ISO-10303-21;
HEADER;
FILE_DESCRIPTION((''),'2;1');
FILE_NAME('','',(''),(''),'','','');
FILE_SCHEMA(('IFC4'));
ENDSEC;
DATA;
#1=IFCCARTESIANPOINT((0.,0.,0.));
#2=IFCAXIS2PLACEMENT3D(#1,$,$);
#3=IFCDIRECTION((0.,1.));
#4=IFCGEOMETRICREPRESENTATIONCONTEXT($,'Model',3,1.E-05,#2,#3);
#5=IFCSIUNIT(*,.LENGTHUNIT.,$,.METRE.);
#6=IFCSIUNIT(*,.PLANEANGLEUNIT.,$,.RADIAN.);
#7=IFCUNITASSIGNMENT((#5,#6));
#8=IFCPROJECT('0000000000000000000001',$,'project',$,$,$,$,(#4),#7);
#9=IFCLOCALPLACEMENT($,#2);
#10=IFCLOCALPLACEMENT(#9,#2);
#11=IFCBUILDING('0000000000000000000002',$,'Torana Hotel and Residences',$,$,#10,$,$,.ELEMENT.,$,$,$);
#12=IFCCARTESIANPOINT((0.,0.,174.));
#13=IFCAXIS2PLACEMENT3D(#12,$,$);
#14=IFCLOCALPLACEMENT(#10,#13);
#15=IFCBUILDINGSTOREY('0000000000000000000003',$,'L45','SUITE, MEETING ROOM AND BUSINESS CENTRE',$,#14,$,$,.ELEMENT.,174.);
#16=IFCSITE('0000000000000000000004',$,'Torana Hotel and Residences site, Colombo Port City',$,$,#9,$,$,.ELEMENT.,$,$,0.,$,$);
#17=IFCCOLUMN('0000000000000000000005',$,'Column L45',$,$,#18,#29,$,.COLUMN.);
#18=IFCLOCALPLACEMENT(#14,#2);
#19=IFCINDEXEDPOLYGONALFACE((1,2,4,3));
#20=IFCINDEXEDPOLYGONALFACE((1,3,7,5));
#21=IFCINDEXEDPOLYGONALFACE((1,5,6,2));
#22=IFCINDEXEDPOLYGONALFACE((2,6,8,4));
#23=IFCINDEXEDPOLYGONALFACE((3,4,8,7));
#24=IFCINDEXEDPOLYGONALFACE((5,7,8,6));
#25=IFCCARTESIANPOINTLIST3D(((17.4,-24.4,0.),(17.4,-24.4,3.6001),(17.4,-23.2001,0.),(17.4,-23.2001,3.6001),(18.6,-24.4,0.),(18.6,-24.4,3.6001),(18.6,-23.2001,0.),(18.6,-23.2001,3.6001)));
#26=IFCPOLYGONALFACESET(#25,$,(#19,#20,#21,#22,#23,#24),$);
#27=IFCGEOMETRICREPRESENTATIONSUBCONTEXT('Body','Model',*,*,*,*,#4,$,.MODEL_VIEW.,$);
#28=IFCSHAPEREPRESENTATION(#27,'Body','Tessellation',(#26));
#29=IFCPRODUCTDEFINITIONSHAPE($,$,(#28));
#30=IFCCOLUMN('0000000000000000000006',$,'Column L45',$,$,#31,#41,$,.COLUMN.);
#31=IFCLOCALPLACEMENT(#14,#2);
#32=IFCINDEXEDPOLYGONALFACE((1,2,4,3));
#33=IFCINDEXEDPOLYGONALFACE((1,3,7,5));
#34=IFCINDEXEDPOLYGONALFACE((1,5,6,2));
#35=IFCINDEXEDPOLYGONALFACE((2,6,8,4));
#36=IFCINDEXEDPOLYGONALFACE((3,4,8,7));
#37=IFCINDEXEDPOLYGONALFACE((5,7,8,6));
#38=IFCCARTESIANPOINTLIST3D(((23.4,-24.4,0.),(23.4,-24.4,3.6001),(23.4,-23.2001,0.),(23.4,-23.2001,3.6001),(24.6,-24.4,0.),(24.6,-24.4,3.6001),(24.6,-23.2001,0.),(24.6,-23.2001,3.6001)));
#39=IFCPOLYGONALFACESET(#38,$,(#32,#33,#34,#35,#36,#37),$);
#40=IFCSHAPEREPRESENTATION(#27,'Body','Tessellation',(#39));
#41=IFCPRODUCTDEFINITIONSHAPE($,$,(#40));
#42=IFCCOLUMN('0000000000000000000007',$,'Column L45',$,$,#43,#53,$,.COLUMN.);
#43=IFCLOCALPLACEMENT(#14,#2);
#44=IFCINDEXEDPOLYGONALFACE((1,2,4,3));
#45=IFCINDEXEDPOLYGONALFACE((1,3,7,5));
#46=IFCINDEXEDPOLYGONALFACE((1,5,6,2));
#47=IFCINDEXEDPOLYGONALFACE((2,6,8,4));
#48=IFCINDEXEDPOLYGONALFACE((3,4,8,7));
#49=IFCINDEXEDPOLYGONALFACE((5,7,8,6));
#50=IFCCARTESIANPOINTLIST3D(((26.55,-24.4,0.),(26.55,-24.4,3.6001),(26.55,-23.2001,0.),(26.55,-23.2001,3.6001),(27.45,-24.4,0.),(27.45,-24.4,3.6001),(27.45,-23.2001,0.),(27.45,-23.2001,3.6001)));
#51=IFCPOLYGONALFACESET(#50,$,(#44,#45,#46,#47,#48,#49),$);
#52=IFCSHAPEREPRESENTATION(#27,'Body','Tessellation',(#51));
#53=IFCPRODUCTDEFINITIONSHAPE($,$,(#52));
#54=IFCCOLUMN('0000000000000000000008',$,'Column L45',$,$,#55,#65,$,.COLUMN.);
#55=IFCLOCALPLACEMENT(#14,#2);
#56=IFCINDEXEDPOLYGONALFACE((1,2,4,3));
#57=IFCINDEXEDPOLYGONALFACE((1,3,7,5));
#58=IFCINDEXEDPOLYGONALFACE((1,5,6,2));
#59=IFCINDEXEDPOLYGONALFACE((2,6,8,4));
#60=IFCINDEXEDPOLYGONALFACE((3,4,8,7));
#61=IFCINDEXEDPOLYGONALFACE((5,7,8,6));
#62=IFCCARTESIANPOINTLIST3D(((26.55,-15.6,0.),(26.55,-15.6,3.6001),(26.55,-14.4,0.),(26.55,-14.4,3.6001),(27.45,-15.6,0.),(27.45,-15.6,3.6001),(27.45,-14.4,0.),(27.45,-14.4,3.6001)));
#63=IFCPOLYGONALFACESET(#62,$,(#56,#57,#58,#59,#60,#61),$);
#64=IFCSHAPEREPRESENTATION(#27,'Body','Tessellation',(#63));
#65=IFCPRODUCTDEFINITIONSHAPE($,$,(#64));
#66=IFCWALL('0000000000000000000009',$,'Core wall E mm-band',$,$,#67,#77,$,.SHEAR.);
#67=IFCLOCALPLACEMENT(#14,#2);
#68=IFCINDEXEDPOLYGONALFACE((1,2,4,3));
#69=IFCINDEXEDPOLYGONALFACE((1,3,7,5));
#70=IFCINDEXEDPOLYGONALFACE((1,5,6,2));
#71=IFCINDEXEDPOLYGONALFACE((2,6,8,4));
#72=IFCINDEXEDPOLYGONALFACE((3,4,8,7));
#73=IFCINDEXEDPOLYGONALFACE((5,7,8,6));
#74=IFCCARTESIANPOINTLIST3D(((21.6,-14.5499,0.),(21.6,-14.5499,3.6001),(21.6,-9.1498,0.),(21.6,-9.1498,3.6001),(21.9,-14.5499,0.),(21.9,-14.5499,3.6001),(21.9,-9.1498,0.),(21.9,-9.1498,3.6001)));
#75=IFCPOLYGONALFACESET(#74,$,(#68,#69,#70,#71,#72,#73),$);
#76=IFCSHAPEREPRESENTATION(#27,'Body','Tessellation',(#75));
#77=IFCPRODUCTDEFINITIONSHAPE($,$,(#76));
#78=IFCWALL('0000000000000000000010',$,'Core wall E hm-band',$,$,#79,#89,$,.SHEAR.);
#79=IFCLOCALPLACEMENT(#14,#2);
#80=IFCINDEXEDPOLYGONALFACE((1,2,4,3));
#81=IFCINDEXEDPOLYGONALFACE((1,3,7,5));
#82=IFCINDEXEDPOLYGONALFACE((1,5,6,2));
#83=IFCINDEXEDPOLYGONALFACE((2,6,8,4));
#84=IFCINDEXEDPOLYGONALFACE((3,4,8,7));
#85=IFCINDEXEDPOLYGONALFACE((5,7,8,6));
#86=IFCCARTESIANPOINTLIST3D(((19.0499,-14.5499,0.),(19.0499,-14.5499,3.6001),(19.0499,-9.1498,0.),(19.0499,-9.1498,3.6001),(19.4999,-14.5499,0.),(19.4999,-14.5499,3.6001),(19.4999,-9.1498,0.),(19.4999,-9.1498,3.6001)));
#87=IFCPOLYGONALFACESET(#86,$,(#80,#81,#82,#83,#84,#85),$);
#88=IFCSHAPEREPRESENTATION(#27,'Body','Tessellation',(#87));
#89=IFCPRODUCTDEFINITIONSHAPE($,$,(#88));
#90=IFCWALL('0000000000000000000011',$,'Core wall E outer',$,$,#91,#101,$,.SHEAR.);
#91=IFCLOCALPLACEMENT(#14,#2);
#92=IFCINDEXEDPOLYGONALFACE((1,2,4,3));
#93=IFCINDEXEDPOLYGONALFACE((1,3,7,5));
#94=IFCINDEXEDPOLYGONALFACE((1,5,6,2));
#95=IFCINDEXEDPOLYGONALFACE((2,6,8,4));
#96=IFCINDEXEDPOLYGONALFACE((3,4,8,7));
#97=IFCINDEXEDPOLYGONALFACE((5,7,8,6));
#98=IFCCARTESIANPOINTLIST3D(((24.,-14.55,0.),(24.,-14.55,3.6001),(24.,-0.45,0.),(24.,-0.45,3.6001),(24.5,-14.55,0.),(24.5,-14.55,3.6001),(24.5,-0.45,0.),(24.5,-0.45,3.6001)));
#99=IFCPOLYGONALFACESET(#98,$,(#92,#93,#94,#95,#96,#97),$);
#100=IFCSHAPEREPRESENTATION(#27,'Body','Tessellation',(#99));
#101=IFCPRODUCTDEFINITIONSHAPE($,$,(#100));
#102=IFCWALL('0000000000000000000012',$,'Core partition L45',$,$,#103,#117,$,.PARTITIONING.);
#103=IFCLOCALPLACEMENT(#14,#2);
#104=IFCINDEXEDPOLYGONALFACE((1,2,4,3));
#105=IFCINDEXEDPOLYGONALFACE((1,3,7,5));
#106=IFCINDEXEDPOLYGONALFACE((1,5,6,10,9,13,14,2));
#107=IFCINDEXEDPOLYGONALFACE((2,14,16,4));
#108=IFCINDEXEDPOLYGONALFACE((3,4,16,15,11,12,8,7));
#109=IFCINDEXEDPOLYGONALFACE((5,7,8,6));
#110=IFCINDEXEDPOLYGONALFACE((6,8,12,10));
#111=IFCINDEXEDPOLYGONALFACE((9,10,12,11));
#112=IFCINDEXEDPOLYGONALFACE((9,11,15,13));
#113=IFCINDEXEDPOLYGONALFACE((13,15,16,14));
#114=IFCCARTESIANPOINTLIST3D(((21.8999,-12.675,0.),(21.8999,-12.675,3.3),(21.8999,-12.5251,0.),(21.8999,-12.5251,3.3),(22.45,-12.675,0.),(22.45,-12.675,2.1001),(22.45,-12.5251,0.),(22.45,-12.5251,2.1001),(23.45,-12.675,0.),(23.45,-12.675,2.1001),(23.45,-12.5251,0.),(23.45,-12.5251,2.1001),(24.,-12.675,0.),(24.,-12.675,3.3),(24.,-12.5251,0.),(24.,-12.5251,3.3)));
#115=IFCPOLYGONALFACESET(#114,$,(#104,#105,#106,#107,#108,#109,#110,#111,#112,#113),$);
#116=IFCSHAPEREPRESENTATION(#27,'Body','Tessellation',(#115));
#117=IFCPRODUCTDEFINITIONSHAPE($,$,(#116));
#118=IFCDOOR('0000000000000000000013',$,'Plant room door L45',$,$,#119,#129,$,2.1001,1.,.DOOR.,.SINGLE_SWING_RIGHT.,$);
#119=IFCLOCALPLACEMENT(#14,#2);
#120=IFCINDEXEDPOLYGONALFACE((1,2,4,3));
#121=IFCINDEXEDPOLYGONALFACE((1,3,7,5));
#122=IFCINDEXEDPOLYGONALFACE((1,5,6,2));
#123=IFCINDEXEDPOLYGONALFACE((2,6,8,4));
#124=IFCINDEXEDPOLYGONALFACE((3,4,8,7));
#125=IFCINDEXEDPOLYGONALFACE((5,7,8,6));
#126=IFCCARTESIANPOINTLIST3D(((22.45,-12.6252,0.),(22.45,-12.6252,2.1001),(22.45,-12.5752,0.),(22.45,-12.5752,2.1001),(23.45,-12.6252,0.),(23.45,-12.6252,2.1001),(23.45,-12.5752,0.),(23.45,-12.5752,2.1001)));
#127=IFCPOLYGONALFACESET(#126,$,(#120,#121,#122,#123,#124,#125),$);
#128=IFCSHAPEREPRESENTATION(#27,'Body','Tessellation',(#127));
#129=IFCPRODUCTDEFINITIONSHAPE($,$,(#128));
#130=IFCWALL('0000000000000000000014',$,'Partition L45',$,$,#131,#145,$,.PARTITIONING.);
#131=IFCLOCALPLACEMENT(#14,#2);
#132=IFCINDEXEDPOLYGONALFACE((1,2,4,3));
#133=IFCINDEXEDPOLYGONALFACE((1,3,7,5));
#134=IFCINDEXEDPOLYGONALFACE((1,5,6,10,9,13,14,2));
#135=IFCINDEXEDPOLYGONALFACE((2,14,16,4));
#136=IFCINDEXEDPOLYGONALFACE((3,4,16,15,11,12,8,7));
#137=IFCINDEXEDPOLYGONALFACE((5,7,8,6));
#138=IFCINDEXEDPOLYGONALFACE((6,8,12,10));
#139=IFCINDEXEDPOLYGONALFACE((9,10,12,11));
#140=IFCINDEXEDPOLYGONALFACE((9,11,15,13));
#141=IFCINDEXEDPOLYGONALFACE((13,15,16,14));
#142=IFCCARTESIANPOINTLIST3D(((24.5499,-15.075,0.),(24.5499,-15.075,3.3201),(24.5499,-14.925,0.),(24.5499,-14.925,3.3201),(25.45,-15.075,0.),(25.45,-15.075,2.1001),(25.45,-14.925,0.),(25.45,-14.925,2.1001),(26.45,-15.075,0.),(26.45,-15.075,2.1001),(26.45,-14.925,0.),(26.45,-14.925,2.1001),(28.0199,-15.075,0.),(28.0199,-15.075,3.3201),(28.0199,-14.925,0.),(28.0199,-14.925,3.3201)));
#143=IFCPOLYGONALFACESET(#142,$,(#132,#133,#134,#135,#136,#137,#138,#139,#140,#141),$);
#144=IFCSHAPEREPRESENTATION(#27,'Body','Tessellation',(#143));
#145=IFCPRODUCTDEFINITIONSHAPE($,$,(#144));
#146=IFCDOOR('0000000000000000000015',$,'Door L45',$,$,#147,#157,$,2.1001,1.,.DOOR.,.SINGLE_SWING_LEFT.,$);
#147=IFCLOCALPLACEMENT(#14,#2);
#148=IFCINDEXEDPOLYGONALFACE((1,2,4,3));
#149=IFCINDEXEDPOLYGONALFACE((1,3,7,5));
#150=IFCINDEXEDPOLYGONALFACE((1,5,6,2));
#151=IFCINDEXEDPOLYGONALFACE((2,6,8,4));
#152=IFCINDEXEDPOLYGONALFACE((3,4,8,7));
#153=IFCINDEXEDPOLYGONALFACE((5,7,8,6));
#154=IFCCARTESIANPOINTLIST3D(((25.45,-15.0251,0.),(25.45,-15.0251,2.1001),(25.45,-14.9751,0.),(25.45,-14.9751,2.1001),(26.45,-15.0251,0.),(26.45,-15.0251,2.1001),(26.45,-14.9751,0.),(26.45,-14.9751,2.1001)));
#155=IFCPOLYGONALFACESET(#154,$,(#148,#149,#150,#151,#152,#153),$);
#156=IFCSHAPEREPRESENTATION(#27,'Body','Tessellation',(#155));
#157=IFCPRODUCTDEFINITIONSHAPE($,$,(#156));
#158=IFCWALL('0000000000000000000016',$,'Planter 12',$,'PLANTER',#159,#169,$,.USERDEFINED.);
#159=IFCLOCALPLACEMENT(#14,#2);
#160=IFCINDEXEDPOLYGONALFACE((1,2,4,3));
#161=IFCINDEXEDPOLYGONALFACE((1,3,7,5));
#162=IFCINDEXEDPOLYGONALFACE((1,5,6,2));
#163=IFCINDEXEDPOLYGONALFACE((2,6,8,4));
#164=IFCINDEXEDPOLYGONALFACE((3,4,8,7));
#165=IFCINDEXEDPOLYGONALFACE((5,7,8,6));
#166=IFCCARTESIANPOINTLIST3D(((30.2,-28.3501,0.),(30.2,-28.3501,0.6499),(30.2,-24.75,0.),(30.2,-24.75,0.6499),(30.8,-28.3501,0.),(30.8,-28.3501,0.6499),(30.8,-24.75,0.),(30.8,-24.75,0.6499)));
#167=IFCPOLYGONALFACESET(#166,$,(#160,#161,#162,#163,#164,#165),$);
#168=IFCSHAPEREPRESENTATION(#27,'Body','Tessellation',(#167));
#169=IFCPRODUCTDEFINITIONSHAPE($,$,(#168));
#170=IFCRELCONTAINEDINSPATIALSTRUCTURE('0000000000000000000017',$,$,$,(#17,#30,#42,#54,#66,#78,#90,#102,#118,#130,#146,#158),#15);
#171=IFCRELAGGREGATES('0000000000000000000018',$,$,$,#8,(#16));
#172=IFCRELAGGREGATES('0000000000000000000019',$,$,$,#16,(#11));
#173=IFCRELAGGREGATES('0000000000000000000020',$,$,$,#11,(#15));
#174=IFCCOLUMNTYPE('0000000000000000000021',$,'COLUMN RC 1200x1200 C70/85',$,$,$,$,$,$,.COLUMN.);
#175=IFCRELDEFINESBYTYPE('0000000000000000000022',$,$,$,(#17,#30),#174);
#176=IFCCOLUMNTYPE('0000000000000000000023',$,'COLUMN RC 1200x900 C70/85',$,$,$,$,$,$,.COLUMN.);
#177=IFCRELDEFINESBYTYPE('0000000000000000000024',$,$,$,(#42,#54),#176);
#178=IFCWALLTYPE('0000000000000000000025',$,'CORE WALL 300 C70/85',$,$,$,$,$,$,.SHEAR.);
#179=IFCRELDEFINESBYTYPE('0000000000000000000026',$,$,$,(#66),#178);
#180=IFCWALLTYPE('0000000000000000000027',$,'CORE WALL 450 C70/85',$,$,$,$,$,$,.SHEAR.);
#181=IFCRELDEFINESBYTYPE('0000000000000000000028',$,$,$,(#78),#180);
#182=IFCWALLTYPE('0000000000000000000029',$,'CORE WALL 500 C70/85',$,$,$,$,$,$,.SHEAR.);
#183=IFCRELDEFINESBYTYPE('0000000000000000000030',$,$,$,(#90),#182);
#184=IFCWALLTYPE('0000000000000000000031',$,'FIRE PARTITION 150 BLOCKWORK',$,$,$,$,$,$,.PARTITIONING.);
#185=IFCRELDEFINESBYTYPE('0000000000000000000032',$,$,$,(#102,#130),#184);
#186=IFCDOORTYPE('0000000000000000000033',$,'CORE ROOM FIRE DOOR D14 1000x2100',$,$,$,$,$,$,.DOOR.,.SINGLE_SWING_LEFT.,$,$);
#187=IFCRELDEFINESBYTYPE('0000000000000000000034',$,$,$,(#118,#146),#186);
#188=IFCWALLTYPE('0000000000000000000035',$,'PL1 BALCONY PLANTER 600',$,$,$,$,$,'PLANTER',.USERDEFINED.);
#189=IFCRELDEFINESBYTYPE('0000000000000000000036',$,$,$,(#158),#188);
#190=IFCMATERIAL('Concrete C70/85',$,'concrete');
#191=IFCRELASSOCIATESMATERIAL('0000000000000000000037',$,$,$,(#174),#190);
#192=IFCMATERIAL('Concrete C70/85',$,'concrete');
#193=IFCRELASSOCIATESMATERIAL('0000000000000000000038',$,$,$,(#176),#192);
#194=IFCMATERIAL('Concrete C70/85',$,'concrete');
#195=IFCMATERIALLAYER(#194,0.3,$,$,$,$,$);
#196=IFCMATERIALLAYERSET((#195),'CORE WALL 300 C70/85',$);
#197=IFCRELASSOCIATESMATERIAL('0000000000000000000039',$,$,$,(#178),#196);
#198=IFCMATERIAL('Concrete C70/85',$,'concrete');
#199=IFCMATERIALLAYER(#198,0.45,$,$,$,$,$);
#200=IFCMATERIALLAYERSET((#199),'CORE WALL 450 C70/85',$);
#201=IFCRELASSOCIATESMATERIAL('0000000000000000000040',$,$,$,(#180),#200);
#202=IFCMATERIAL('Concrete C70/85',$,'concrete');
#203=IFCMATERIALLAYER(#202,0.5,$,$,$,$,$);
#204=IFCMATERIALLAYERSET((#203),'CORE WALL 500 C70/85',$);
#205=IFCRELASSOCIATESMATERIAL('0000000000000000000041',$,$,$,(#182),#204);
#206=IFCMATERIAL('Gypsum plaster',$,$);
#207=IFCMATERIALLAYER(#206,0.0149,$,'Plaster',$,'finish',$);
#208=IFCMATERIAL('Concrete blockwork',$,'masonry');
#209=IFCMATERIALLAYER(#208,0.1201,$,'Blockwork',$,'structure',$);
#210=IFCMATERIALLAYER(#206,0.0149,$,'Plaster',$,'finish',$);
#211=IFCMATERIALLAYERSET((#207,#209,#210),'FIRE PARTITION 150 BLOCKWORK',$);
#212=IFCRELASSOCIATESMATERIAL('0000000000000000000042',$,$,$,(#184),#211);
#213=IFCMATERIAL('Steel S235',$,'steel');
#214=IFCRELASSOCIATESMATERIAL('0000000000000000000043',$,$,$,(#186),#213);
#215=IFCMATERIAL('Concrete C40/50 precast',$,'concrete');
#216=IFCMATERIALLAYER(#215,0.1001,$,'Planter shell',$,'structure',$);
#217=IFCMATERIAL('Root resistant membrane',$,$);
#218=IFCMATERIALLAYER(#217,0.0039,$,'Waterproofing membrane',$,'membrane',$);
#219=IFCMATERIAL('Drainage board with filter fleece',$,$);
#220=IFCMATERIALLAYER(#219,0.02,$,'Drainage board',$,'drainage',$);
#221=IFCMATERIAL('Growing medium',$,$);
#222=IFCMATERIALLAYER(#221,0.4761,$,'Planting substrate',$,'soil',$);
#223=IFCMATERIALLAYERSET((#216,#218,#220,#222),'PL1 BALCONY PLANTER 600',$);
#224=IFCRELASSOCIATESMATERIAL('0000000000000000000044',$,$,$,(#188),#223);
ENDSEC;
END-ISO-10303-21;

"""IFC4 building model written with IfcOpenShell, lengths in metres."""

from ifc_helpers import new_model, si_unit, direction, frame, frame_2d, origin, origin_2d, place, context, subcontext, project, spatial, rectangle, extrude, material, layer, layer_set, material_profile, profile_set, type_object, element, fill, save


model = new_model("IFC4")

# Units and contexts
model_context = context("Model", 3, precision=1e-05, world=origin(), true_north=direction((0.0, 1.0)))
body_context = subcontext(model_context, "Body", "Model", "MODEL_VIEW")
ifc_project = project(units=[si_unit("LENGTHUNIT", "METRE"), si_unit("PLANEANGLEUNIT", "RADIAN")], contexts=[model_context])

# Site, building, storey
site_placement = place(None, origin())
site = spatial("IfcSite", under=ifc_project, at=site_placement, Name="Torana Hotel and Residences site, Colombo Port City", CompositionType="ELEMENT", RefElevation=0.0)
building_placement = place(site_placement, origin())
building = spatial("IfcBuilding", under=site, at=building_placement, Name="Torana Hotel and Residences", CompositionType="ELEMENT")
storey_placement = place(building_placement, frame((0.0, 0.0, 174.0)))
storey = spatial("IfcBuildingStorey", under=building, at=storey_placement, Name="L45", Description="SUITE, MEETING ROOM AND BUSINESS CENTRE", CompositionType="ELEMENT", Elevation=174.0)

# Columns
ifc_material_1 = material(Name="Concrete C70/85", Category="concrete")
ifc_material_profile_1 = material_profile(ifc_material_1, rectangle(XDim=1.2, YDim=1.2, at=origin_2d()), Name="RC 1200x1200")
ifc_profile_set_1 = profile_set([ifc_material_profile_1], Name="Concrete C70/85")
column_type_1 = type_object("IfcColumnType", Name="COLUMN RC 1200x1200 C70/85", PredefinedType="COLUMN", material=ifc_profile_set_1)
for number, where, z_axis, x_axis, name in (
    (1, (18.0, -23.8, 0.0), (0.0, 0.0, 1.0), (1.0, 0.0, 0.0), "Column L45"),
    (2, (24.0, -23.8, 0.0), (0.0, 0.0, 1.0), (1.0, 0.0, 0.0), "Column L45"),
):
    element("IfcColumn", number, at=place(storey_placement, frame(where, z_axis=z_axis, x_axis=x_axis)), inside=storey, type_object=column_type_1, Name=name, PredefinedType="COLUMN", context=body_context, shape_type="SweptSolid", body=[
        extrude(rectangle(XDim=1.2, YDim=1.2, at=origin_2d()), origin(), (0.0, 0.0, 1.0), 3.6001),
    ])
ifc_material_2 = material(Name="Concrete C70/85", Category="concrete")
ifc_material_profile_2 = material_profile(ifc_material_2, rectangle(XDim=1.2, YDim=0.8999, at=origin_2d()), Name="RC 1200x900")
ifc_profile_set_2 = profile_set([ifc_material_profile_2], Name="Concrete C70/85")
column_type_2 = type_object("IfcColumnType", Name="COLUMN RC 1200x900 C70/85", PredefinedType="COLUMN", material=ifc_profile_set_2)
for number, where, z_axis, x_axis, name in (
    (3, (27.0, -23.8, 0.0), (0.0, 0.0, 1.0), (0.0, 1.0, 0.0), "Column L45"),
    (4, (27.0, -15.0, 0.0), (0.0, 0.0, 1.0), (0.0, 1.0, 0.0), "Column L45"),
):
    element("IfcColumn", number, at=place(storey_placement, frame(where, z_axis=z_axis, x_axis=x_axis)), inside=storey, type_object=column_type_2, Name=name, PredefinedType="COLUMN", context=body_context, shape_type="SweptSolid", body=[
        extrude(rectangle(XDim=1.2, YDim=0.8999, at=origin_2d()), origin(), (0.0, 0.0, 1.0), 3.6001),
    ])

# Walls
ifc_material_3 = material(Name="Concrete C70/85", Category="concrete")
ifc_layer_1 = layer(ifc_material_3, 0.3)
ifc_layer_set_1 = layer_set([ifc_layer_1], Name="CORE WALL 300 C70/85")
wall_type_1 = type_object("IfcWallType", Name="CORE WALL 300 C70/85", PredefinedType="SHEAR", material=ifc_layer_set_1)
wall_1_placement = place(storey_placement, frame((21.75, -14.55, 0.0), z_axis=(0.0, 0.0, 1.0), x_axis=(0.0, 1.0, 0.0)))
element("IfcWall", 5, at=wall_1_placement, inside=storey, type_object=wall_type_1, Name="Core wall E mm-band", PredefinedType="SHEAR", context=body_context, shape_type="SweptSolid", body=[
    extrude(rectangle(XDim=5.4001, YDim=0.3, at=frame_2d((2.7002, 0.0))), origin(), (0.0, 0.0, 1.0), 3.6001),
])
ifc_material_4 = material(Name="Concrete C70/85", Category="concrete")
ifc_layer_2 = layer(ifc_material_4, 0.45)
ifc_layer_set_2 = layer_set([ifc_layer_2], Name="CORE WALL 450 C70/85")
wall_type_2 = type_object("IfcWallType", Name="CORE WALL 450 C70/85", PredefinedType="SHEAR", material=ifc_layer_set_2)
wall_2_placement = place(storey_placement, frame((19.2749, -14.55, 0.0), z_axis=(0.0, 0.0, 1.0), x_axis=(0.0, 1.0, 0.0)))
element("IfcWall", 6, at=wall_2_placement, inside=storey, type_object=wall_type_2, Name="Core wall E hm-band", PredefinedType="SHEAR", context=body_context, shape_type="SweptSolid", body=[
    extrude(rectangle(XDim=5.4001, YDim=0.45, at=frame_2d((2.7002, 0.0))), origin(), (0.0, 0.0, 1.0), 3.6001),
])
ifc_material_5 = material(Name="Concrete C70/85", Category="concrete")
ifc_layer_3 = layer(ifc_material_5, 0.5)
ifc_layer_set_3 = layer_set([ifc_layer_3], Name="CORE WALL 500 C70/85")
wall_type_3 = type_object("IfcWallType", Name="CORE WALL 500 C70/85", PredefinedType="SHEAR", material=ifc_layer_set_3)
wall_3_placement = place(storey_placement, frame((24.25, -14.55, 0.0), z_axis=(0.0, 0.0, 1.0), x_axis=(0.0, 1.0, 0.0)))
element("IfcWall", 7, at=wall_3_placement, inside=storey, type_object=wall_type_3, Name="Core wall E outer", PredefinedType="SHEAR", context=body_context, shape_type="SweptSolid", body=[
    extrude(rectangle(XDim=14.1001, YDim=0.5, at=frame_2d((7.05, 0.0))), origin(), (0.0, 0.0, 1.0), 3.6001),
])

# Walls, openings, doors
ifc_material_6 = material(Name="Gypsum plaster")
ifc_layer_4 = layer(ifc_material_6, 0.0149, Name="Plaster", Category="finish")
ifc_material_7 = material(Name="Concrete blockwork", Category="masonry")
ifc_layer_5 = layer(ifc_material_7, 0.1201, Name="Blockwork", Category="structure")
ifc_layer_6 = layer(ifc_material_6, 0.0149, Name="Plaster", Category="finish")
ifc_layer_set_4 = layer_set([ifc_layer_4, ifc_layer_5, ifc_layer_6], Name="FIRE PARTITION 150 BLOCKWORK")
wall_type_4 = type_object("IfcWallType", Name="FIRE PARTITION 150 BLOCKWORK", PredefinedType="PARTITIONING", material=ifc_layer_set_4)
wall_4_placement = place(storey_placement, frame((21.8999, -12.6001, 0.0), z_axis=(0.0, 0.0, 1.0), x_axis=(1.0, 0.0, 0.0)))
wall_4 = element("IfcWall", 8, at=wall_4_placement, inside=storey, type_object=wall_type_4, Name="Core partition L45", PredefinedType="PARTITIONING", context=body_context, shape_type="SweptSolid", body=[
    extrude(rectangle(XDim=2.1001, YDim=0.1499, at=frame_2d((1.05, 0.0))), origin(), (0.0, 0.0, 1.0), 3.3),
])
opening_1_placement = place(wall_4_placement, frame((0.55, 0.0, 0.0)))
opening_1 = element("IfcOpeningElement", 9, at=opening_1_placement, cuts=wall_4, PredefinedType="OPENING", context=body_context, shape_type="SweptSolid", body=[
    extrude(rectangle(XDim=1.0, YDim=2.1001, at=frame_2d((0.5, 1.05))), frame((0.0, 0.085, 0.0), z_axis=(0.0, -1.0, 0.0), x_axis=(1.0, 0.0, 0.0)), (0.0, 0.0, 1.0), 0.1699),
])
ifc_material_8 = material(Name="Steel S235", Category="steel")
door_type = type_object("IfcDoorType", Name="CORE ROOM FIRE DOOR D14 1000x2100", OperationType="SINGLE_SWING_LEFT", PredefinedType="DOOR", material=ifc_material_8)
door_1_placement = place(opening_1_placement, origin())
door_1 = element("IfcDoor", 10, at=door_1_placement, inside=storey, type_object=door_type, Name="Plant room door L45", OperationType="SINGLE_SWING_RIGHT", OverallHeight=2.1001, OverallWidth=1.0, PredefinedType="DOOR", context=body_context, shape_type="SweptSolid", body=[
    extrude(rectangle(XDim=1.0, YDim=2.1001, at=frame_2d((0.5, 1.05))), frame((0.0, 0.0249, 0.0), z_axis=(0.0, -1.0, 0.0), x_axis=(1.0, 0.0, 0.0)), (0.0, 0.0, 1.0), 0.05),
])
fill(opening_1, door_1)
wall_5_placement = place(storey_placement, frame((24.55, -15.0, 0.0), z_axis=(0.0, 0.0, 1.0), x_axis=(1.0, 0.0, 0.0)))
wall_5 = element("IfcWall", 11, at=wall_5_placement, inside=storey, type_object=wall_type_4, Name="Partition L45", PredefinedType="PARTITIONING", context=body_context, shape_type="SweptSolid", body=[
    extrude(rectangle(XDim=3.47, YDim=0.1499, at=frame_2d((1.7349, 0.0))), origin(), (0.0, 0.0, 1.0), 3.3201),
])
opening_2_placement = place(wall_5_placement, frame((0.8999, 0.0, 0.0)))
opening_2 = element("IfcOpeningElement", 12, at=opening_2_placement, cuts=wall_5, PredefinedType="OPENING", context=body_context, shape_type="SweptSolid", body=[
    extrude(rectangle(XDim=1.0, YDim=2.1001, at=frame_2d((0.5, 1.05))), frame((0.0, 0.085, 0.0), z_axis=(0.0, -1.0, 0.0), x_axis=(1.0, 0.0, 0.0)), (0.0, 0.0, 1.0), 0.1699),
])
door_2_placement = place(opening_2_placement, origin())
door_2 = element("IfcDoor", 13, at=door_2_placement, inside=storey, type_object=door_type, Name="Door L45", OperationType="SINGLE_SWING_LEFT", OverallHeight=2.1001, OverallWidth=1.0, PredefinedType="DOOR", context=body_context, shape_type="SweptSolid", body=[
    extrude(rectangle(XDim=1.0, YDim=2.1001, at=frame_2d((0.5, 1.05))), frame((0.0, 0.0249, 0.0), z_axis=(0.0, -1.0, 0.0), x_axis=(1.0, 0.0, 0.0)), (0.0, 0.0, 1.0), 0.05),
])
fill(opening_2, door_2)

# Wall
ifc_material_9 = material(Name="Concrete C40/50 precast", Category="concrete")
ifc_layer_7 = layer(ifc_material_9, 0.1001, Name="Planter shell", Category="structure")
ifc_material_10 = material(Name="Root resistant membrane")
ifc_layer_8 = layer(ifc_material_10, 0.0039, Name="Waterproofing membrane", Category="membrane")
ifc_material_11 = material(Name="Drainage board with filter fleece")
ifc_layer_9 = layer(ifc_material_11, 0.02, Name="Drainage board", Category="drainage")
ifc_material_12 = material(Name="Growing medium")
ifc_layer_10 = layer(ifc_material_12, 0.4761, Name="Planting substrate", Category="soil")
ifc_layer_set_5 = layer_set([ifc_layer_7, ifc_layer_8, ifc_layer_9, ifc_layer_10], Name="PL1 BALCONY PLANTER 600")
wall_type_5 = type_object("IfcWallType", Name="PL1 BALCONY PLANTER 600", ElementType="PLANTER", PredefinedType="USERDEFINED", material=ifc_layer_set_5)
wall_6_placement = place(storey_placement, frame((30.5, -24.75, 0.0), z_axis=(0.0, 0.0, 1.0), x_axis=(0.0, -1.0, 0.0)))
element("IfcWall", 14, at=wall_6_placement, inside=storey, type_object=wall_type_5, Name="Planter 12", ObjectType="PLANTER", PredefinedType="USERDEFINED", context=body_context, shape_type="SweptSolid", body=[
    extrude(rectangle(XDim=3.6001, YDim=0.6001, at=frame_2d((1.8, 0.0))), origin(), (0.0, 0.0, 1.0), 0.6499),
])

save(model, "model.ifc")
